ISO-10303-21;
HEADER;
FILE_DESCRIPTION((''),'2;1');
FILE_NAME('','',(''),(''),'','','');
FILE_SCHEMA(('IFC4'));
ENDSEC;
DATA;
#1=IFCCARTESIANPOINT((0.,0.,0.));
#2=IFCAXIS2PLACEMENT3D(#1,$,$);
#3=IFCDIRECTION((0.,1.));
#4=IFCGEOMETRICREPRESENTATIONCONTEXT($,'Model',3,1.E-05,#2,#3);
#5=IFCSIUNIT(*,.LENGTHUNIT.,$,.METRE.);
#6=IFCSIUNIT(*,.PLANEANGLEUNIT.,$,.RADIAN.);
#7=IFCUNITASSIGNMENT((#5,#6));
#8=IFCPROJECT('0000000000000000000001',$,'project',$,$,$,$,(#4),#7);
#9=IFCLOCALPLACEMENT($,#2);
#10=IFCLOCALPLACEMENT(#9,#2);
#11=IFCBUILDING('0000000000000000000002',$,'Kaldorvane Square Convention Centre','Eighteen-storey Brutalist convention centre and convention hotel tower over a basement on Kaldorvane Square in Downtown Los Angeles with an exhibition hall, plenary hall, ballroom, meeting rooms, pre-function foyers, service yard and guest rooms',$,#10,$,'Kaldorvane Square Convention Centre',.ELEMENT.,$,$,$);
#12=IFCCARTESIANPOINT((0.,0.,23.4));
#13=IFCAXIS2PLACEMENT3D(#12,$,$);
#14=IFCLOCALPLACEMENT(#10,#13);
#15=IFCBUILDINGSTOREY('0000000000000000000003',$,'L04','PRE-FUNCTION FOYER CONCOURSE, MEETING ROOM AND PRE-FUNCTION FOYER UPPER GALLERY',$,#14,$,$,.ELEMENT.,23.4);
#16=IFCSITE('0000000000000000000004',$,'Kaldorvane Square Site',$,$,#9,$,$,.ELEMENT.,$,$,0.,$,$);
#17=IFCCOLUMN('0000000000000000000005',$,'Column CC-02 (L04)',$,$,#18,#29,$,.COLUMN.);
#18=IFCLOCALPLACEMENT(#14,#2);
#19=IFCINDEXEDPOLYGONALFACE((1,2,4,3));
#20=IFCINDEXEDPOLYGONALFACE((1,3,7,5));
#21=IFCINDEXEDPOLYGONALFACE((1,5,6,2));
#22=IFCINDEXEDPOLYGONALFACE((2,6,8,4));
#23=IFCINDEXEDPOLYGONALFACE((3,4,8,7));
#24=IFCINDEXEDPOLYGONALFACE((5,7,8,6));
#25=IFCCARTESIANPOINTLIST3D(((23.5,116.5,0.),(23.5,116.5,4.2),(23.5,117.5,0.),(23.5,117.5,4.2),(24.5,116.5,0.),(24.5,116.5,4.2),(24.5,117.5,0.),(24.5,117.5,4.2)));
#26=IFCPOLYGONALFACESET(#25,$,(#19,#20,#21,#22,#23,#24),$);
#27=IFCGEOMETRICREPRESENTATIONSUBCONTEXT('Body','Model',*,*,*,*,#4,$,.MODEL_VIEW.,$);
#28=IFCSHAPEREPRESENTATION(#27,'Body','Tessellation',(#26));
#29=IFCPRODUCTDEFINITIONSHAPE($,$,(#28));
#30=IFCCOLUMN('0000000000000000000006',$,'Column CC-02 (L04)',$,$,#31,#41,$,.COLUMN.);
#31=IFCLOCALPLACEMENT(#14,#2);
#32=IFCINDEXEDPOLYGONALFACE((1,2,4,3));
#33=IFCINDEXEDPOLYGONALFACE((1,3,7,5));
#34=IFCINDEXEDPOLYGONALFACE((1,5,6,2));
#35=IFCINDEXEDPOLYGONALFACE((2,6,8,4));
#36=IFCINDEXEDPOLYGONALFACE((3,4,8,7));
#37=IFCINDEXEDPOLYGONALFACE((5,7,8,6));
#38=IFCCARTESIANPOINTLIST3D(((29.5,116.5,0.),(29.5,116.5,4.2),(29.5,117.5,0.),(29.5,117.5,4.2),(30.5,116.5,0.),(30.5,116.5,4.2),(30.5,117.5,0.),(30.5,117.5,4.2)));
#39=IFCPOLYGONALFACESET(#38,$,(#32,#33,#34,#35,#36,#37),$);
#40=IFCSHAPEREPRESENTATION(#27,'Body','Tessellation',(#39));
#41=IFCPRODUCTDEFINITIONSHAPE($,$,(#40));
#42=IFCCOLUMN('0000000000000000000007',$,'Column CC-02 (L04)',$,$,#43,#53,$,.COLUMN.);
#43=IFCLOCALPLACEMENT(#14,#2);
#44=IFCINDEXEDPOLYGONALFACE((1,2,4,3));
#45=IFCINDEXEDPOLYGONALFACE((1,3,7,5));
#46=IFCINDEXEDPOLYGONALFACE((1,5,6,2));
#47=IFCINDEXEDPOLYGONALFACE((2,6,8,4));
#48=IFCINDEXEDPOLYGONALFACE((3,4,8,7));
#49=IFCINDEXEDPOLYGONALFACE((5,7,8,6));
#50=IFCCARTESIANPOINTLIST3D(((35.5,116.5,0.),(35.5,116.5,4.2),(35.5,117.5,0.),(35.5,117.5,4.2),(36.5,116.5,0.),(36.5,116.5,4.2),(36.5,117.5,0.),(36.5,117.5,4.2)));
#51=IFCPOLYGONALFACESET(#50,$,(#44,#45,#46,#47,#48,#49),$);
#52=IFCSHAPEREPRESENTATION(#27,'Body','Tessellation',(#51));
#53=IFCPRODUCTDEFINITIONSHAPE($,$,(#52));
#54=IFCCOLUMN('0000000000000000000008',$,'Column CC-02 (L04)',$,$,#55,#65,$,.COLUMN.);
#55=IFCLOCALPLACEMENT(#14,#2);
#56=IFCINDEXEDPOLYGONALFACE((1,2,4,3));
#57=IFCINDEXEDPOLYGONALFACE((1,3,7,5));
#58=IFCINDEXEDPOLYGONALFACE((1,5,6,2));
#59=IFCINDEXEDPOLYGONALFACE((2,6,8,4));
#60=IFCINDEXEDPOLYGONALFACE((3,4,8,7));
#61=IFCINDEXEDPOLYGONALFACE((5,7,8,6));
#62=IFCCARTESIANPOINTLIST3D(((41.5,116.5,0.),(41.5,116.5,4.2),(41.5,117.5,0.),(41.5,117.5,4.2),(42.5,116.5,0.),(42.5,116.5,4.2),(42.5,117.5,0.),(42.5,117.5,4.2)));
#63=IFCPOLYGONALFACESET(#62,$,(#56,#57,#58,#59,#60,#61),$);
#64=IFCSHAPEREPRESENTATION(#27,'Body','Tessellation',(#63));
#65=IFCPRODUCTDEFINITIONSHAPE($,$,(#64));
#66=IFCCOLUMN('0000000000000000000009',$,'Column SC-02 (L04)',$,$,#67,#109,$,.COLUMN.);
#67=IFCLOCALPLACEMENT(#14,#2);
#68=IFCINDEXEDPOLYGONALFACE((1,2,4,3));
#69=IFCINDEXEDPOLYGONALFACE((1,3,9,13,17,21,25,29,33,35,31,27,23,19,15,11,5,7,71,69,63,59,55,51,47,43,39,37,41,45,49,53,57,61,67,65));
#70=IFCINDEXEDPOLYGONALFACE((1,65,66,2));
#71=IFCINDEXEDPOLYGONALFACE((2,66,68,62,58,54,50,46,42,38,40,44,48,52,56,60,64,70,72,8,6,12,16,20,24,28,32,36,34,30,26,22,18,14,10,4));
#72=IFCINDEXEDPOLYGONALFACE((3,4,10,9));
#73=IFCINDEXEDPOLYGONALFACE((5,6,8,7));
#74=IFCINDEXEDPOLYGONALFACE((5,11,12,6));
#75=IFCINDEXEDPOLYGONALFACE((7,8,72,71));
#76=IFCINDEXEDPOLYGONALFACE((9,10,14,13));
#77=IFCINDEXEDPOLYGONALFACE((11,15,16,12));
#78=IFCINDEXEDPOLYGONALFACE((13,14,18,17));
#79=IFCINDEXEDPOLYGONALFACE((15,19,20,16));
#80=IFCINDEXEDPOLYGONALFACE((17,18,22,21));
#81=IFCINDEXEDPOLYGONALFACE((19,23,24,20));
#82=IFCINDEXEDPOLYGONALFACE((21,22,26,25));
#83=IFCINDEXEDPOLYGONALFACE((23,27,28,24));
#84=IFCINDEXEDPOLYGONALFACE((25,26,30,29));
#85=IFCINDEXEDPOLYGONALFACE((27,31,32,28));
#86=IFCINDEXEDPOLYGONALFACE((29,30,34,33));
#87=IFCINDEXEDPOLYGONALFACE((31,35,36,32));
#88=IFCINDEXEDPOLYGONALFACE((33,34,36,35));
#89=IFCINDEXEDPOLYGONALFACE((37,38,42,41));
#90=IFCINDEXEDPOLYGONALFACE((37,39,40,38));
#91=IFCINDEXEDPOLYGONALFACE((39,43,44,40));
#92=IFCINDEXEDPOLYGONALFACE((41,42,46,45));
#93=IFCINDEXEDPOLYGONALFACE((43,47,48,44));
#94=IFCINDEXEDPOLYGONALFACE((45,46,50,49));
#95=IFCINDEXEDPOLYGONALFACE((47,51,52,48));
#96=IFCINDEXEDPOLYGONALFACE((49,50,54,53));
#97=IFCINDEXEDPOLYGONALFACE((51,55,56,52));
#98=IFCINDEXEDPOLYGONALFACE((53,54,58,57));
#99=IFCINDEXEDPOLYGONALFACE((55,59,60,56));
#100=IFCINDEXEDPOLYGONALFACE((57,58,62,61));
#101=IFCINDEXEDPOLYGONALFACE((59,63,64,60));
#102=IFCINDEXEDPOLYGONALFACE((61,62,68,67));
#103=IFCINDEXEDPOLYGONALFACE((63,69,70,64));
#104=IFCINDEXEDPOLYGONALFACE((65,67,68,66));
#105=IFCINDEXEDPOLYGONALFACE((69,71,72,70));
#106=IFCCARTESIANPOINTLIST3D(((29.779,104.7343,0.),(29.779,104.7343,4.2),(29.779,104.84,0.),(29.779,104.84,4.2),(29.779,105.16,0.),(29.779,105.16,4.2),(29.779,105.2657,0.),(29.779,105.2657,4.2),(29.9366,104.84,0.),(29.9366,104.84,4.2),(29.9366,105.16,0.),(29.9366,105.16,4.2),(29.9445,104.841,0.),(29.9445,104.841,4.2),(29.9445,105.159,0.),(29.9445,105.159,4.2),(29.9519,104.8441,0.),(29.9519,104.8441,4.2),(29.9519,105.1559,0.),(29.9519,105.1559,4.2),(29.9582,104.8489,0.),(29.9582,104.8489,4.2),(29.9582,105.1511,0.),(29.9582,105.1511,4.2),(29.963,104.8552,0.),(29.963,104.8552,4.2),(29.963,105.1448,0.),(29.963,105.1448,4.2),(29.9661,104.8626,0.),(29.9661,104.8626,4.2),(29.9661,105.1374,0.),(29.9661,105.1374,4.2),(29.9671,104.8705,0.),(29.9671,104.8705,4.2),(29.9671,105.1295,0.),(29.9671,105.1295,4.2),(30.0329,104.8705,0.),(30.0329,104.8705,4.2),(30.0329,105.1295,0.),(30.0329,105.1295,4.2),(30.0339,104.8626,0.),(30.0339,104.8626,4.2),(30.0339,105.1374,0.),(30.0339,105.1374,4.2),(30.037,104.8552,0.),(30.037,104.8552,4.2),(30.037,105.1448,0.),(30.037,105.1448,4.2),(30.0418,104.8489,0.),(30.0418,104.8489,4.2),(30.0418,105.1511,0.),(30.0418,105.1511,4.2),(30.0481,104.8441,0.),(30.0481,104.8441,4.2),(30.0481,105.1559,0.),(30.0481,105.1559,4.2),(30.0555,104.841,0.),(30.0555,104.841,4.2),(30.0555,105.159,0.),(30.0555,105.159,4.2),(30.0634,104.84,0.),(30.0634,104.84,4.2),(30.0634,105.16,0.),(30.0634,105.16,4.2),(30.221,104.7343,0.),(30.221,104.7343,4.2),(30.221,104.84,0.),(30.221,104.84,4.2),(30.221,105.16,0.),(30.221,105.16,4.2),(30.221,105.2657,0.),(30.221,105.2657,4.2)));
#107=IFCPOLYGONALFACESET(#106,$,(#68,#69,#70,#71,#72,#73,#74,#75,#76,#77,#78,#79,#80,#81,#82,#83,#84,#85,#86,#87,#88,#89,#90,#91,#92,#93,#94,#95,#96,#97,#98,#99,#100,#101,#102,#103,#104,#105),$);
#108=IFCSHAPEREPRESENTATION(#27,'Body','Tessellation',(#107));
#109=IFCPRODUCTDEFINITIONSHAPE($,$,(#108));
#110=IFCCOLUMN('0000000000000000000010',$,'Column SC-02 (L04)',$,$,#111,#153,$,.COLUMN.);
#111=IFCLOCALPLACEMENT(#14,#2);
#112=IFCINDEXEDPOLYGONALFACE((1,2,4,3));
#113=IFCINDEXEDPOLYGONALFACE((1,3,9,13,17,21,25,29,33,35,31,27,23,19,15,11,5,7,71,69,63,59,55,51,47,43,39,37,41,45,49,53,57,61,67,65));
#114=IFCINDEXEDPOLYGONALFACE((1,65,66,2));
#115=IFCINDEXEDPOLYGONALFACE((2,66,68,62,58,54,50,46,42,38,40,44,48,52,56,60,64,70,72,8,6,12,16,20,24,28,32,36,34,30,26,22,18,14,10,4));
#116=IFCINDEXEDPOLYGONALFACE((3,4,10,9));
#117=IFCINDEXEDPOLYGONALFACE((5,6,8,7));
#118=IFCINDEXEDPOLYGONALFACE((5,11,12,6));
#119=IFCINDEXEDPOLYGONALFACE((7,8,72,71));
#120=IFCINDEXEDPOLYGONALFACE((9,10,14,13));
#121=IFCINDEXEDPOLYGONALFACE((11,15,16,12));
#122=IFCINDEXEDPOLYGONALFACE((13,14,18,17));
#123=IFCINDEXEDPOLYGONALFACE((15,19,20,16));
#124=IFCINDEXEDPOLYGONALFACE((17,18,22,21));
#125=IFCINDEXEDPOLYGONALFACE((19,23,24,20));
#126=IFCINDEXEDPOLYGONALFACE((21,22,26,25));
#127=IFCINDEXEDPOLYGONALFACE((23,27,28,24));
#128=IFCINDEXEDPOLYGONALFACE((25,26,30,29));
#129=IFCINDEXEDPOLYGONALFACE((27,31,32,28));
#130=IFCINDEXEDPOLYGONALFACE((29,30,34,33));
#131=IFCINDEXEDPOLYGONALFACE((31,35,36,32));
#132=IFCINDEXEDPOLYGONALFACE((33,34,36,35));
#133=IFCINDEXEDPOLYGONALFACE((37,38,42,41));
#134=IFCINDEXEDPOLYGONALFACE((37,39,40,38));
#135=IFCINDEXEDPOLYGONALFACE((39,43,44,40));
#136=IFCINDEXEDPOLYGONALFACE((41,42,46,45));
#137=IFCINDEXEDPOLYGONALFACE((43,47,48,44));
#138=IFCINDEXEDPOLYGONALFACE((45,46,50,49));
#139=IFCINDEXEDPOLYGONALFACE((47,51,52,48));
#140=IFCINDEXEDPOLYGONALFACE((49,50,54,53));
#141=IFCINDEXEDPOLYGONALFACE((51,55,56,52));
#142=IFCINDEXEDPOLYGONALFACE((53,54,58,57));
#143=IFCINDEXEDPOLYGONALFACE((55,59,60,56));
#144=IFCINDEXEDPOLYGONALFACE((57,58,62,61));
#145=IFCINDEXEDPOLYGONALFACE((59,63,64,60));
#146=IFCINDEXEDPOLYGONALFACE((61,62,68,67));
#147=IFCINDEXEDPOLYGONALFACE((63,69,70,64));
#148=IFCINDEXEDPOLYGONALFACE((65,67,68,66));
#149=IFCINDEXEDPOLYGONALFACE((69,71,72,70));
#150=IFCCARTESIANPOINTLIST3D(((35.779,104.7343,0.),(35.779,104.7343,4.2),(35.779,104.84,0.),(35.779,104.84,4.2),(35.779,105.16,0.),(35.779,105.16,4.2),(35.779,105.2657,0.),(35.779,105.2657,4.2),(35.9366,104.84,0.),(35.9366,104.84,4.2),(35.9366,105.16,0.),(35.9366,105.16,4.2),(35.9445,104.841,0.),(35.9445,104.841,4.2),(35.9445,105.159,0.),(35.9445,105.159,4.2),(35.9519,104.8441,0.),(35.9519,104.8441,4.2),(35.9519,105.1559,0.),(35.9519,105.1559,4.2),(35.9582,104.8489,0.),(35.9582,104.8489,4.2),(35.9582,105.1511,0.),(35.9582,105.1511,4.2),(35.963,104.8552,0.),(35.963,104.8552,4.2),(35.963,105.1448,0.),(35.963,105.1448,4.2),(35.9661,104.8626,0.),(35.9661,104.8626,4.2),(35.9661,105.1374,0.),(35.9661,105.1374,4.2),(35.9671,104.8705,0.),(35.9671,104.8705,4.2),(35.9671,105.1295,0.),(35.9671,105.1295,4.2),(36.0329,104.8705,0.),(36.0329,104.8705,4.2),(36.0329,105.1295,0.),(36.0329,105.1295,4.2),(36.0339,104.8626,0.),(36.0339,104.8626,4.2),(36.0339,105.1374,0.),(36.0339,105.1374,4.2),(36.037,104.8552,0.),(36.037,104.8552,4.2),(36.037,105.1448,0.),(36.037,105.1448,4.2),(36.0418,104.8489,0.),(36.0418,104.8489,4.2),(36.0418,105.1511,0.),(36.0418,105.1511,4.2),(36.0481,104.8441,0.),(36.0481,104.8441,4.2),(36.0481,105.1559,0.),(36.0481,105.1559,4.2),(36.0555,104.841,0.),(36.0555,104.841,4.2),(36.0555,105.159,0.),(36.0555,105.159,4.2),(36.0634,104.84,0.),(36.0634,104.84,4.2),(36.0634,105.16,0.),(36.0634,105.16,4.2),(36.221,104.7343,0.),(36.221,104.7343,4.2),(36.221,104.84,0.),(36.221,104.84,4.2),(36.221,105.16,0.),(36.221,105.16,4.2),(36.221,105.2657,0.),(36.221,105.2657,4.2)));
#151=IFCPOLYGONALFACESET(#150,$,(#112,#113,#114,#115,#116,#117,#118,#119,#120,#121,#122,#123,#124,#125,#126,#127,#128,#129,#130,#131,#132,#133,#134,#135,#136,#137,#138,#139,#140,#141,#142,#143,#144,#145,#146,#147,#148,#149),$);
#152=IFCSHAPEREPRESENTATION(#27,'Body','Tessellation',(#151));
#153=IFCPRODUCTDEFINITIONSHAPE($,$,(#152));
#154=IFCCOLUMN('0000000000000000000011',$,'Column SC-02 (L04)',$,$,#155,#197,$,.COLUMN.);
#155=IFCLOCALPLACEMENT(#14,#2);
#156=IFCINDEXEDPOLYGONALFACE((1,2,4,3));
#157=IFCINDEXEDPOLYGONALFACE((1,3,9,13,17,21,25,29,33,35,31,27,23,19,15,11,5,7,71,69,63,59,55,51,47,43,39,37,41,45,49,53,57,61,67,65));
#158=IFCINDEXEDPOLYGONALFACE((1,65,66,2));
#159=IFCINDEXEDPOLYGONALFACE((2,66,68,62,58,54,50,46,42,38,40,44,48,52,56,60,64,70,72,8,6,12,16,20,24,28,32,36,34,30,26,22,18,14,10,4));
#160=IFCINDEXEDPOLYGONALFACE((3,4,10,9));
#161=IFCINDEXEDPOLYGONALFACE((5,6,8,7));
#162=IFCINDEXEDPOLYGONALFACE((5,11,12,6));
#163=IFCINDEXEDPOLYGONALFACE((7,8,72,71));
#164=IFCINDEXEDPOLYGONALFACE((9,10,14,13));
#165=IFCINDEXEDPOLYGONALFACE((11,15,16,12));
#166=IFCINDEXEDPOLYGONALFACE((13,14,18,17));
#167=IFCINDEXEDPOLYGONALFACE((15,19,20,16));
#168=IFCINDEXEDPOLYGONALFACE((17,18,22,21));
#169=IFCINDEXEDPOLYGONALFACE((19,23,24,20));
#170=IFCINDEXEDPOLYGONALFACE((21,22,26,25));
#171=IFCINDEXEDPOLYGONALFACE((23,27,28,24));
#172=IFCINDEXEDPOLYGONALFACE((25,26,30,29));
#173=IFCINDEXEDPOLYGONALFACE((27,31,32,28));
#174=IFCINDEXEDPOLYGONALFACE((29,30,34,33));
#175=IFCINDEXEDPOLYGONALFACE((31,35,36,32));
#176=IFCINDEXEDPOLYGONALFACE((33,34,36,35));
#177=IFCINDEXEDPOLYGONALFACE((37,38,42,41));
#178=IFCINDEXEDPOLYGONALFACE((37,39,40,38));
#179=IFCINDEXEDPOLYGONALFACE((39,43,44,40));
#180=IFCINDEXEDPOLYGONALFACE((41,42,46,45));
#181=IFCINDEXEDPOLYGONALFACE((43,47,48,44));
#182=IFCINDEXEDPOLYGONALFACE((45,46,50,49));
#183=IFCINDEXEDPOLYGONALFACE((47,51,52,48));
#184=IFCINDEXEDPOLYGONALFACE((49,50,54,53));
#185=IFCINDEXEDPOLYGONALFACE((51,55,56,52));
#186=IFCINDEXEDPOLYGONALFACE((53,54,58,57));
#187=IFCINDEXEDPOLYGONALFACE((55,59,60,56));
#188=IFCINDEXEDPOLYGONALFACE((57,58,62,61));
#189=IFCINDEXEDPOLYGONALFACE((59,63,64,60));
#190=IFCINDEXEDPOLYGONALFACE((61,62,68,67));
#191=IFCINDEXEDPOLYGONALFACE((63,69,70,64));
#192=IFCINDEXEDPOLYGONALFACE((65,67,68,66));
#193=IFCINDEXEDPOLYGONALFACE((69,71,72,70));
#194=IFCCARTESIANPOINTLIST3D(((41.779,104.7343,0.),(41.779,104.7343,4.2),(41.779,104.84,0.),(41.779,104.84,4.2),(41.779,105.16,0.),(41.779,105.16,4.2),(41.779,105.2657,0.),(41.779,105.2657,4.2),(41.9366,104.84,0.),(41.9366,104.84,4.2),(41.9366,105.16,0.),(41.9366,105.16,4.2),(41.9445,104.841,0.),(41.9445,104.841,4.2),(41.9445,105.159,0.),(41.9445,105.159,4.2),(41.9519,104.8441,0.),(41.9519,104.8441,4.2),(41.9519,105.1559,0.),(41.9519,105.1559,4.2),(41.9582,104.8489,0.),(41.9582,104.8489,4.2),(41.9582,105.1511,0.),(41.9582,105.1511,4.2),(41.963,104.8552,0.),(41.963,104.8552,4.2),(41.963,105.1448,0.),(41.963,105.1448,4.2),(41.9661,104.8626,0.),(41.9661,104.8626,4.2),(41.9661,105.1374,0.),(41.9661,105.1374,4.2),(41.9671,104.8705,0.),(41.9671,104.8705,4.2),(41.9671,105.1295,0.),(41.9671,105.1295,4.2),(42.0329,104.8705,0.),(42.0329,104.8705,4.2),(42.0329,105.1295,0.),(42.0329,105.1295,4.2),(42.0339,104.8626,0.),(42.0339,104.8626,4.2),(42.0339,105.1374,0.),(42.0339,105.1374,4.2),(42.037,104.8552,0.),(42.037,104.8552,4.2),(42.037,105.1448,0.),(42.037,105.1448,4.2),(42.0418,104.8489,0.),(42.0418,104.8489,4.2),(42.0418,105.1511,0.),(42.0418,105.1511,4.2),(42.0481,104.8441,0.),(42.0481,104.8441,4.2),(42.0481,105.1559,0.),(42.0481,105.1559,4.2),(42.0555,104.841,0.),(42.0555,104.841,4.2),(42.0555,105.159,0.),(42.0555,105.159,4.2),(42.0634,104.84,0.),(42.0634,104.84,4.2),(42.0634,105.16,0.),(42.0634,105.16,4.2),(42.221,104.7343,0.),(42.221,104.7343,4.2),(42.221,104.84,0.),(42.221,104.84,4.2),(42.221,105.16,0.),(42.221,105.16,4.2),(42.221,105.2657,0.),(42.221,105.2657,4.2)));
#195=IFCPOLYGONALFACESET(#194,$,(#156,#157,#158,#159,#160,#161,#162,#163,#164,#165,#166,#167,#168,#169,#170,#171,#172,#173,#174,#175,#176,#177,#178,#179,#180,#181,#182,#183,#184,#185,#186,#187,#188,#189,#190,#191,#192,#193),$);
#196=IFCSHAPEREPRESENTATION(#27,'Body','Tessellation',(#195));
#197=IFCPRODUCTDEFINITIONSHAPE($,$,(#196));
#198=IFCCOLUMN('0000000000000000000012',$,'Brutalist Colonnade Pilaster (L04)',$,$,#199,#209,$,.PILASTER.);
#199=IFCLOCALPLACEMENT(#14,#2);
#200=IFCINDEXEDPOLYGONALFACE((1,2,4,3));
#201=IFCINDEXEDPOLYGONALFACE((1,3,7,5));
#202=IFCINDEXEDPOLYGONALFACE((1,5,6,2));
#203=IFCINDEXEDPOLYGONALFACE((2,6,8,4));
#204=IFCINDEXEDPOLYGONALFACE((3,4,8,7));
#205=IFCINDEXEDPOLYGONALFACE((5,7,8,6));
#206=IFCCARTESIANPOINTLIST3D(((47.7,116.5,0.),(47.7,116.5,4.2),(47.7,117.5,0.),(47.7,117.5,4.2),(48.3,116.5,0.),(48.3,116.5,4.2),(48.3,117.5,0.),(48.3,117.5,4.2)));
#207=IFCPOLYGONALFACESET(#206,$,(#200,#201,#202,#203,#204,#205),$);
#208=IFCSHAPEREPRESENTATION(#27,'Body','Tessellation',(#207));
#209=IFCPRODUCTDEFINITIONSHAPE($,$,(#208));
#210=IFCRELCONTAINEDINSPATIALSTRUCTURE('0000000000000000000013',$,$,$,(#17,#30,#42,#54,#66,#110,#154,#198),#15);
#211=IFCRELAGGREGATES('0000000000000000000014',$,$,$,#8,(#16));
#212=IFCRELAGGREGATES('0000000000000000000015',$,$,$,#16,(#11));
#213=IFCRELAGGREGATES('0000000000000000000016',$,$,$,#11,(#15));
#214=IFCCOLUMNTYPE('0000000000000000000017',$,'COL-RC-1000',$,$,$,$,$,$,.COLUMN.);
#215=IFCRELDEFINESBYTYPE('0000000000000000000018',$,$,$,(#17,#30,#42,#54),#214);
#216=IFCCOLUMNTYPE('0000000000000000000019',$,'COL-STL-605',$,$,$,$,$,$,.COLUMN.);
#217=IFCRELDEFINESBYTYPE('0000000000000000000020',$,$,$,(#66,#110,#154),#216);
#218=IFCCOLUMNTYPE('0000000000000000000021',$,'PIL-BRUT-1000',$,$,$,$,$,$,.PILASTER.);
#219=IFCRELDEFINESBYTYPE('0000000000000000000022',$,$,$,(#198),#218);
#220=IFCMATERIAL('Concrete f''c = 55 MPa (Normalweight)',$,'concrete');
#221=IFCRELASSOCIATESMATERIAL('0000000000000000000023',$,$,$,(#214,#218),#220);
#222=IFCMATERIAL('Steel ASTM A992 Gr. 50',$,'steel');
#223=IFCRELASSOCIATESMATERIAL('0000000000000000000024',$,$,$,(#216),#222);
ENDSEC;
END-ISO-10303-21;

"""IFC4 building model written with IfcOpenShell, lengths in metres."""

from ifc_helpers import new_model, si_unit, direction, frame, origin, origin_2d, place, context, subcontext, project, spatial, rectangle, i_section, extrude, material, material_profile, profile_set, type_object, element, save


model = new_model("IFC4")

# Units and contexts
model_context = context("Model", 3, precision=1e-05, world=origin(), true_north=direction((0.0, 1.0)))
body_context = subcontext(model_context, "Body", "Model", "MODEL_VIEW")
ifc_project = project(units=[si_unit("LENGTHUNIT", "METRE"), si_unit("PLANEANGLEUNIT", "RADIAN")], contexts=[model_context])

# Site, building, storey
site_placement = place(None, origin())
site = spatial("IfcSite", under=ifc_project, at=site_placement, Name="Kaldorvane Square Site", CompositionType="ELEMENT", RefElevation=0.0)
building_placement = place(site_placement, origin())
building = spatial("IfcBuilding", under=site, at=building_placement, Name="Kaldorvane Square Convention Centre", Description="Eighteen-storey Brutalist convention centre and convention hotel tower over a basement on Kaldorvane Square in Downtown Los Angeles with an exhibition hall, plenary hall, ballroom, meeting rooms, pre-function foyers, service yard and guest rooms", LongName="Kaldorvane Square Convention Centre", CompositionType="ELEMENT")
storey_placement = place(building_placement, frame((0.0, 0.0, 23.4)))
storey = spatial("IfcBuildingStorey", under=building, at=storey_placement, Name="L04", Description="PRE-FUNCTION FOYER CONCOURSE, MEETING ROOM AND PRE-FUNCTION FOYER UPPER GALLERY", CompositionType="ELEMENT", Elevation=23.4)

# Columns
ifc_material_1 = material(Name="Concrete f'c = 55 MPa (Normalweight)", Category="concrete")
ifc_material_profile_1 = material_profile(ifc_material_1, rectangle(XDim=1.0, YDim=1.0, at=origin_2d()), Name="RC1000X1000")
ifc_profile_set_1 = profile_set([ifc_material_profile_1], Name="Concrete f'c = 55 MPa (Normalweight)")
column_type_1 = type_object("IfcColumnType", Name="COL-RC-1000", PredefinedType="COLUMN", material=ifc_profile_set_1)
for number, where, z_axis, x_axis, name in (
    (1, (24.0, 117.0, 0.0), (0.0, 0.0, 1.0), (1.0, 0.0, 0.0), "Column CC-02 (L04)"),
    (2, (30.0, 117.0, 0.0), (0.0, 0.0, 1.0), (1.0, 0.0, 0.0), "Column CC-02 (L04)"),
    (3, (36.0, 117.0, 0.0), (0.0, 0.0, 1.0), (1.0, 0.0, 0.0), "Column CC-02 (L04)"),
    (4, (42.0, 117.0, 0.0), (0.0, 0.0, 1.0), (1.0, 0.0, 0.0), "Column CC-02 (L04)"),
):
    element("IfcColumn", number, at=place(storey_placement, frame(where, z_axis=z_axis, x_axis=x_axis)), inside=storey, type_object=column_type_1, Name=name, PredefinedType="COLUMN", context=body_context, shape_type="SweptSolid", body=[
        extrude(rectangle(XDim=1.0, YDim=1.0, at=origin_2d()), origin(), (0.0, 0.0, 1.0), 4.2),
    ])
ifc_material_2 = material(Name="Steel ASTM A992 Gr. 50", Category="steel")
ifc_material_profile_2 = material_profile(ifc_material_2, i_section(OverallWidth=0.442, OverallDepth=0.5314, WebThickness=0.0658, FlangeThickness=0.1057, FilletRadius=0.0305, at=origin_2d()), Name="W14X605")
ifc_profile_set_2 = profile_set([ifc_material_profile_2], Name="Steel ASTM A992 Gr. 50")
column_type_2 = type_object("IfcColumnType", Name="COL-STL-605", PredefinedType="COLUMN", material=ifc_profile_set_2)
for number, where, z_axis, x_axis, name in (
    (5, (30.0, 105.0, 0.0), (0.0, 0.0, 1.0), (1.0, 0.0, 0.0), "Column SC-02 (L04)"),
    (6, (36.0, 105.0, 0.0), (0.0, 0.0, 1.0), (1.0, 0.0, 0.0), "Column SC-02 (L04)"),
    (7, (42.0, 105.0, 0.0), (0.0, 0.0, 1.0), (1.0, 0.0, 0.0), "Column SC-02 (L04)"),
):
    element("IfcColumn", number, at=place(storey_placement, frame(where, z_axis=z_axis, x_axis=x_axis)), inside=storey, type_object=column_type_2, Name=name, PredefinedType="COLUMN", context=body_context, shape_type="SweptSolid", body=[
        extrude(i_section(OverallWidth=0.442, OverallDepth=0.5314, WebThickness=0.0658, FlangeThickness=0.1057, FilletRadius=0.0305, at=origin_2d()), origin(), (0.0, 0.0, 1.0), 4.2),
    ])
ifc_material_profile_3 = material_profile(ifc_material_1, rectangle(XDim=0.6, YDim=1.0, at=origin_2d()), Name="PIL1000X600")
ifc_profile_set_3 = profile_set([ifc_material_profile_3], Name="Concrete f'c = 55 MPa (Normalweight)")
column_type_3 = type_object("IfcColumnType", Name="PIL-BRUT-1000", PredefinedType="PILASTER", material=ifc_profile_set_3)
column_placement = place(storey_placement, frame((48.0, 117.0, 0.0), z_axis=(0.0, 0.0, 1.0), x_axis=(1.0, 0.0, 0.0)))
element("IfcColumn", 8, at=column_placement, inside=storey, type_object=column_type_3, Name="Brutalist Colonnade Pilaster (L04)", PredefinedType="PILASTER", context=body_context, shape_type="SweptSolid", body=[
    extrude(rectangle(XDim=0.6, YDim=1.0, at=origin_2d()), origin(), (0.0, 0.0, 1.0), 4.2),
])

save(model, "model.ifc")
